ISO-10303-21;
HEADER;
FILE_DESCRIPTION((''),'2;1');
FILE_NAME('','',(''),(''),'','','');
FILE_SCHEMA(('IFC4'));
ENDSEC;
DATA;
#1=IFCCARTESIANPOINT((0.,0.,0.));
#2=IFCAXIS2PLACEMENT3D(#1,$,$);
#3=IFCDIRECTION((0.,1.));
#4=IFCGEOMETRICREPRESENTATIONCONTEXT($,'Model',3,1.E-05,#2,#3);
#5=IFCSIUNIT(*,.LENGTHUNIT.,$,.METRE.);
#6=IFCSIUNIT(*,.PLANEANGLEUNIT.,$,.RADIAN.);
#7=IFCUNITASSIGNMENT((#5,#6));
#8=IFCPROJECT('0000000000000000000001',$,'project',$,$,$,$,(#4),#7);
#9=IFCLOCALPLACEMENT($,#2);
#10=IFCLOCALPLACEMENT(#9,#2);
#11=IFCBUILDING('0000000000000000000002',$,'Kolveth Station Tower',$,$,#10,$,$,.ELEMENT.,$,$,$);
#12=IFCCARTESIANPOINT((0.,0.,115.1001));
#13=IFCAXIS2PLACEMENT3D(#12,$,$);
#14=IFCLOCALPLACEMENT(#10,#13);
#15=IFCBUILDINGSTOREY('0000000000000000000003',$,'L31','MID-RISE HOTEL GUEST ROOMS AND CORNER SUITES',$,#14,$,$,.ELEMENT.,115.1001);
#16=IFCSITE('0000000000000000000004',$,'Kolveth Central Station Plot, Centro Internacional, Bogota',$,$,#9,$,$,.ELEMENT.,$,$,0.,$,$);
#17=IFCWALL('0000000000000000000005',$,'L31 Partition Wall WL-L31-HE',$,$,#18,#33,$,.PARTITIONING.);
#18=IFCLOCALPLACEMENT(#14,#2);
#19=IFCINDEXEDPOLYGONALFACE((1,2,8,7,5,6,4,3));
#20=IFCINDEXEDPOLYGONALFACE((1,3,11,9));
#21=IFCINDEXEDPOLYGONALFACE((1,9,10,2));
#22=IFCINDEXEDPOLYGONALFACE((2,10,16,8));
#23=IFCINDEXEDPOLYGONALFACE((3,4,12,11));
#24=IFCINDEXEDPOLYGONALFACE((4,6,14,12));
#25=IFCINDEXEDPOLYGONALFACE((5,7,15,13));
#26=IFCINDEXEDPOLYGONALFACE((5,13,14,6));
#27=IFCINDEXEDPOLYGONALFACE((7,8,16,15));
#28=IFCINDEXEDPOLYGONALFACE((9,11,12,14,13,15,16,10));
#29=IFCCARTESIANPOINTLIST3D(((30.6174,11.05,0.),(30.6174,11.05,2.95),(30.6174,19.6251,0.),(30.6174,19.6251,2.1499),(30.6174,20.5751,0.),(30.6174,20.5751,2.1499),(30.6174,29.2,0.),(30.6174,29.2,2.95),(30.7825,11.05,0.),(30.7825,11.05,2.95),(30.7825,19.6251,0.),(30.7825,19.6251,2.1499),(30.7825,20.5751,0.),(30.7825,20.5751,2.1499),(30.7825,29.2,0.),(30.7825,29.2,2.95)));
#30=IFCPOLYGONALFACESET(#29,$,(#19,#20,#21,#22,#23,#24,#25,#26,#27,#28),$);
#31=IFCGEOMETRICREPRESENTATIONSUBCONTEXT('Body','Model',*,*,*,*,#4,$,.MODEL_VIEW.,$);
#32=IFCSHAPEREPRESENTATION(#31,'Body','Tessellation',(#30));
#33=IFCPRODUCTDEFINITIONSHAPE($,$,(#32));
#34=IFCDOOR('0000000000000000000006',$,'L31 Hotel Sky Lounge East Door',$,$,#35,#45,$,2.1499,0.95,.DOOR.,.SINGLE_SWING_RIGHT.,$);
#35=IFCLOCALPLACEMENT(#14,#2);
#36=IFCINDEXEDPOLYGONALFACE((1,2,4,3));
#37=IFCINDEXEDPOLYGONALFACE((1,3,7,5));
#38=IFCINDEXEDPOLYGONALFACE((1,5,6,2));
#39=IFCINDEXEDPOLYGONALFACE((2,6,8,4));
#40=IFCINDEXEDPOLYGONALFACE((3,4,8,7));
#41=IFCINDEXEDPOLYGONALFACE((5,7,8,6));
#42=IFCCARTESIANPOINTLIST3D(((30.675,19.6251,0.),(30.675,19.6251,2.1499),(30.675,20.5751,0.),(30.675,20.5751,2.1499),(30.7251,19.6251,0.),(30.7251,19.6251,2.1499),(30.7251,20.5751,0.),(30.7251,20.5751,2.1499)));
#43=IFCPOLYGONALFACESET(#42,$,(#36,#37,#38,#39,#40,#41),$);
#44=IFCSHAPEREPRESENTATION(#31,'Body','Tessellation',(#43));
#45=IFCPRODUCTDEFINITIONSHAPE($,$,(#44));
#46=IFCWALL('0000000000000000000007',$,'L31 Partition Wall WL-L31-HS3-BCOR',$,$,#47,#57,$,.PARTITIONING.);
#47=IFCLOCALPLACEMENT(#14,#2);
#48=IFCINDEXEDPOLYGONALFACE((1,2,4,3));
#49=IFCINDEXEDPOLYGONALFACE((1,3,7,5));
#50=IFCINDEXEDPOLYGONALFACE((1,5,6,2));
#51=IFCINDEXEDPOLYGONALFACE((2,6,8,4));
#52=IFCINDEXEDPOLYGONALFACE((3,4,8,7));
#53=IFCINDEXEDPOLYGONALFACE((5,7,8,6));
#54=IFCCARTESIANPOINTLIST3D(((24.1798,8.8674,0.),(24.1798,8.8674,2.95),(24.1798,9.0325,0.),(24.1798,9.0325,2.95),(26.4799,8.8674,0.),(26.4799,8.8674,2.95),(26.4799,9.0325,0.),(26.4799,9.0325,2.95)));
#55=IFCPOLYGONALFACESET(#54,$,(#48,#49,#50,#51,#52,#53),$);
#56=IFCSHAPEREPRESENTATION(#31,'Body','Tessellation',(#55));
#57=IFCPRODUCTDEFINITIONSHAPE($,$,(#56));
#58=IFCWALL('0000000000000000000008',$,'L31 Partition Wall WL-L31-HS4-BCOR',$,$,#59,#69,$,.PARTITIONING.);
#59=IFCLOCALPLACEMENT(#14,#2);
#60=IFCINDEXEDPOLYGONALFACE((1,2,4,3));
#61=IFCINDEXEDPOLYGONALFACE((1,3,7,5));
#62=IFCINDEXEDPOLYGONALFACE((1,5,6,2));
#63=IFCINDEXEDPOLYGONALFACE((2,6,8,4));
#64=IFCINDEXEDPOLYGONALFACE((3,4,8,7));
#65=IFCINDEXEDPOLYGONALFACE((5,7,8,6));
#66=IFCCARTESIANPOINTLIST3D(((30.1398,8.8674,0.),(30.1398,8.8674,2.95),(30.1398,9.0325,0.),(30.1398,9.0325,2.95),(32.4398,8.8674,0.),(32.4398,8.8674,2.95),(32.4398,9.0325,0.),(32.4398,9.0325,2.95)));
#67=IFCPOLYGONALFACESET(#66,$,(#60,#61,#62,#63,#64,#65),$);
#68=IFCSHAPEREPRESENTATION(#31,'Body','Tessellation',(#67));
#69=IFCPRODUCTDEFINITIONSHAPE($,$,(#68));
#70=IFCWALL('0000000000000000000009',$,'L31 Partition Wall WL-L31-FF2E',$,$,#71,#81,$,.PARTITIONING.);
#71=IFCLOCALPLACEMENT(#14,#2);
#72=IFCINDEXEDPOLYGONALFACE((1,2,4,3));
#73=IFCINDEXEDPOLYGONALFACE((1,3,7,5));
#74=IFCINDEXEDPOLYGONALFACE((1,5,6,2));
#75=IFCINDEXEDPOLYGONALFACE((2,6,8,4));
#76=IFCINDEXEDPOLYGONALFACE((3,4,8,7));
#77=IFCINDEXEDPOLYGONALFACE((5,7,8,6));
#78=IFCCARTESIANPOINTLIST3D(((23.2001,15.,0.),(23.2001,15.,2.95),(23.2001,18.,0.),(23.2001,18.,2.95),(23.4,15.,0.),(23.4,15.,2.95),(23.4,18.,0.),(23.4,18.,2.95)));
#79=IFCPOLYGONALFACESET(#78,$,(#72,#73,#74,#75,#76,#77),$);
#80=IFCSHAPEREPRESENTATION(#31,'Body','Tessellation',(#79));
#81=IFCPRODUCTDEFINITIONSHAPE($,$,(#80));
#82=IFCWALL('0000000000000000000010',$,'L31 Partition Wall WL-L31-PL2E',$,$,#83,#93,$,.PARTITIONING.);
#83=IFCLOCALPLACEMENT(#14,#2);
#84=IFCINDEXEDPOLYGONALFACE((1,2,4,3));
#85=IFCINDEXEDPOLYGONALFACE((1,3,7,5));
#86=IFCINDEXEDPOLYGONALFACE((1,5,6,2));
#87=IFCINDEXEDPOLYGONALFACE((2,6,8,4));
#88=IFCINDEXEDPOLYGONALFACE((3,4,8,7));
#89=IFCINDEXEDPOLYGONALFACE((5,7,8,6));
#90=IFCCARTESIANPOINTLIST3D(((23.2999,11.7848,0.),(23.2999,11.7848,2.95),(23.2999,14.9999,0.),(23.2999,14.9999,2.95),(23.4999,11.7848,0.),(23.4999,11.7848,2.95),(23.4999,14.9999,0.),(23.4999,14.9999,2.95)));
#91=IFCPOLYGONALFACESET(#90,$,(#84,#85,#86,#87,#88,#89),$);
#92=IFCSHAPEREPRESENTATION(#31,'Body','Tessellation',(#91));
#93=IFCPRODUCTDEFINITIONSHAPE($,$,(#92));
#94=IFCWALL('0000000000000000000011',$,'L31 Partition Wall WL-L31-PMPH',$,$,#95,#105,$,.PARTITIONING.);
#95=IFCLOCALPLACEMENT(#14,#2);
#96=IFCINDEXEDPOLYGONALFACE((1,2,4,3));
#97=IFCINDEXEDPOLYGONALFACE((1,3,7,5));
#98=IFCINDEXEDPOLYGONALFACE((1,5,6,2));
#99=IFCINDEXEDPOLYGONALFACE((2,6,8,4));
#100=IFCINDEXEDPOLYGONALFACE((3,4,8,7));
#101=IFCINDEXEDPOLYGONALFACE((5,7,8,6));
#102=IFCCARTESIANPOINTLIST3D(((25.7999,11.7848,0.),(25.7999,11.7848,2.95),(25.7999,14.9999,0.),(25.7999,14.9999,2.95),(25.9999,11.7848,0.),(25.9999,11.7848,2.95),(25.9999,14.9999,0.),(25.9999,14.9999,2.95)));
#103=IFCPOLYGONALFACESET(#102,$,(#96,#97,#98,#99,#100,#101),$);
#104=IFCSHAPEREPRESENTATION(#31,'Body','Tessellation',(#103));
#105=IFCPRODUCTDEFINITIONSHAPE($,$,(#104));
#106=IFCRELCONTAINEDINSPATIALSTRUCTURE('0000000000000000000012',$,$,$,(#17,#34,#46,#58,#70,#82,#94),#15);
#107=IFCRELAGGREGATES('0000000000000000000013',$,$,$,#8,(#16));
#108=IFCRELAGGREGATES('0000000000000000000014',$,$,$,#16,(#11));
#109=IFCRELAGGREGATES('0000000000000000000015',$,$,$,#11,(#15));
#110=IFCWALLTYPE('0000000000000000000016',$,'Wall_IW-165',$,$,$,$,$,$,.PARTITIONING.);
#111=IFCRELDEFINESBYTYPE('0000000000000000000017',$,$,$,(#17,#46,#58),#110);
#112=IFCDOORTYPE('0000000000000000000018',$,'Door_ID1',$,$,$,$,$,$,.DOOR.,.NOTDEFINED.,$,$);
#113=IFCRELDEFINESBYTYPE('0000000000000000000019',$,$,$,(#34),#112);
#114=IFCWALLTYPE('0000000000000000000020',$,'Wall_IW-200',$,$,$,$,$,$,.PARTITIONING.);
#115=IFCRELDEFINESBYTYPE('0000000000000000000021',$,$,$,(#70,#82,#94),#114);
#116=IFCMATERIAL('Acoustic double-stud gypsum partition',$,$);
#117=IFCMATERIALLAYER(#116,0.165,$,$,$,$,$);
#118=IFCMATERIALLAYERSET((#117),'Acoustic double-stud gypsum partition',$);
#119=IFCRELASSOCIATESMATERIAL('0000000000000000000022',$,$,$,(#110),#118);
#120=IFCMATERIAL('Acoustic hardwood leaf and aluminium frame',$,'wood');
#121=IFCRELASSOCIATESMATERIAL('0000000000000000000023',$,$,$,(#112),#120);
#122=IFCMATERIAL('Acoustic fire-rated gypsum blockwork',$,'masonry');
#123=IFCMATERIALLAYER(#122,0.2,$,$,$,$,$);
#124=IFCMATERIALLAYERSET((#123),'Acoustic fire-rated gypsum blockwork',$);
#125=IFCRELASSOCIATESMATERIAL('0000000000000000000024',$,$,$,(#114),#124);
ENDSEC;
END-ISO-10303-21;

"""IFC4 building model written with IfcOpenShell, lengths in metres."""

from ifc_helpers import new_model, si_unit, direction, frame, frame_2d, origin, place, context, subcontext, project, spatial, rectangle, extrude, material, layer, layer_set, type_object, element, fill, save


model = new_model("IFC4")

# Units and contexts
model_context = context("Model", 3, precision=1e-05, world=origin(), true_north=direction((0.0, 1.0)))
body_context = subcontext(model_context, "Body", "Model", "MODEL_VIEW")
ifc_project = project(units=[si_unit("LENGTHUNIT", "METRE"), si_unit("PLANEANGLEUNIT", "RADIAN")], contexts=[model_context])

# Site, building, storey
site_placement = place(None, origin())
site = spatial("IfcSite", under=ifc_project, at=site_placement, Name="Kolveth Central Station Plot, Centro Internacional, Bogota", CompositionType="ELEMENT", RefElevation=0.0)
building_placement = place(site_placement, origin())
building = spatial("IfcBuilding", under=site, at=building_placement, Name="Kolveth Station Tower", CompositionType="ELEMENT")
storey_placement = place(building_placement, frame((0.0, 0.0, 115.1001)))
storey = spatial("IfcBuildingStorey", under=building, at=storey_placement, Name="L31", Description="MID-RISE HOTEL GUEST ROOMS AND CORNER SUITES", CompositionType="ELEMENT", Elevation=115.1001)

# Shared definitions
ifc_material_1 = material(Name="Acoustic double-stud gypsum partition")
ifc_layer_1 = layer(ifc_material_1, 0.165)
ifc_layer_set_1 = layer_set([ifc_layer_1], Name="Acoustic double-stud gypsum partition")
wall_type_1 = type_object("IfcWallType", Name="Wall_IW-165", PredefinedType="PARTITIONING", material=ifc_layer_set_1)

# Wall, opening, door
wall_1_placement = place(storey_placement, frame((30.7, 11.05, 0.0), z_axis=(0.0, 0.0, 1.0), x_axis=(0.0, 1.0, 0.0)))
wall_1 = element("IfcWall", 1, at=wall_1_placement, inside=storey, type_object=wall_type_1, Name="L31 Partition Wall WL-L31-HE", PredefinedType="PARTITIONING", context=body_context, shape_type="SweptSolid", body=[
    extrude(rectangle(XDim=18.1499, YDim=0.165, at=frame_2d((9.075, 0.0))), origin(), (0.0, 0.0, 1.0), 2.95),
])
opening_1_placement = place(wall_1_placement, frame((8.575, 0.0, 0.0)))
opening_1 = element("IfcOpeningElement", 2, at=opening_1_placement, cuts=wall_1, PredefinedType="OPENING", context=body_context, shape_type="SweptSolid", body=[
    extrude(rectangle(XDim=0.95, YDim=2.1499, at=frame_2d((0.4751, 1.075))), frame((0.0, 0.0925, 0.0), z_axis=(0.0, -1.0, 0.0), x_axis=(1.0, 0.0, 0.0)), (0.0, 0.0, 1.0), 0.1851),
])
ifc_material_2 = material(Name="Acoustic hardwood leaf and aluminium frame", Category="wood")
door_type_1 = type_object("IfcDoorType", Name="Door_ID1", OperationType="NOTDEFINED", PredefinedType="DOOR", material=ifc_material_2)
door_1_placement = place(opening_1_placement, origin())
door_1 = element("IfcDoor", 3, at=door_1_placement, inside=storey, type_object=door_type_1, Name="L31 Hotel Sky Lounge East Door", OperationType="SINGLE_SWING_RIGHT", OverallHeight=2.1499, OverallWidth=0.95, PredefinedType="DOOR", context=body_context, shape_type="SweptSolid", body=[
    extrude(rectangle(XDim=0.95, YDim=2.1499, at=frame_2d((0.4751, 1.075))), frame((0.0, 0.0249, 0.0), z_axis=(0.0, -1.0, 0.0), x_axis=(1.0, 0.0, 0.0)), (0.0, 0.0, 1.0), 0.05),
])
fill(opening_1, door_1)

# Walls
for number, where, z_axis, x_axis, name in (
    (4, (24.1799, 8.95, 0.0), (0.0, 0.0, 1.0), (1.0, 0.0, 0.0), "L31 Partition Wall WL-L31-HS3-BCOR"),
    (5, (30.1399, 8.95, 0.0), (0.0, 0.0, 1.0), (1.0, 0.0, 0.0), "L31 Partition Wall WL-L31-HS4-BCOR"),
):
    element("IfcWall", number, at=place(storey_placement, frame(where, z_axis=z_axis, x_axis=x_axis)), inside=storey, type_object=wall_type_1, Name=name, PredefinedType="PARTITIONING", context=body_context, shape_type="SweptSolid", body=[
        extrude(rectangle(XDim=2.3, YDim=0.165, at=frame_2d((1.1499, 0.0))), origin(), (0.0, 0.0, 1.0), 2.95),
    ])

# Walls
ifc_material_3 = material(Name="Acoustic fire-rated gypsum blockwork", Category="masonry")
ifc_layer_2 = layer(ifc_material_3, 0.2)
ifc_layer_set_2 = layer_set([ifc_layer_2], Name="Acoustic fire-rated gypsum blockwork")
wall_type_2 = type_object("IfcWallType", Name="Wall_IW-200", PredefinedType="PARTITIONING", material=ifc_layer_set_2)
wall_2_placement = place(storey_placement, frame((23.3, 15.0, 0.0), z_axis=(0.0, 0.0, 1.0), x_axis=(0.0, 1.0, 0.0)))
element("IfcWall", 6, at=wall_2_placement, inside=storey, type_object=wall_type_2, Name="L31 Partition Wall WL-L31-FF2E", PredefinedType="PARTITIONING", context=body_context, shape_type="SweptSolid", body=[
    extrude(rectangle(XDim=3.0, YDim=0.2, at=frame_2d((1.5, 0.0))), origin(), (0.0, 0.0, 1.0), 2.95),
])
for number, where, z_axis, x_axis, name in (
    (7, (23.3999, 11.7849, 0.0), (0.0, 0.0, 1.0), (0.0, 1.0, 0.0), "L31 Partition Wall WL-L31-PL2E"),
    (8, (25.8999, 11.7849, 0.0), (0.0, 0.0, 1.0), (0.0, 1.0, 0.0), "L31 Partition Wall WL-L31-PMPH"),
):
    element("IfcWall", number, at=place(storey_placement, frame(where, z_axis=z_axis, x_axis=x_axis)), inside=storey, type_object=wall_type_2, Name=name, PredefinedType="PARTITIONING", context=body_context, shape_type="SweptSolid", body=[
        extrude(rectangle(XDim=3.2151, YDim=0.2, at=frame_2d((1.6074, 0.0))), origin(), (0.0, 0.0, 1.0), 2.95),
    ])

save(model, "model.ifc")
